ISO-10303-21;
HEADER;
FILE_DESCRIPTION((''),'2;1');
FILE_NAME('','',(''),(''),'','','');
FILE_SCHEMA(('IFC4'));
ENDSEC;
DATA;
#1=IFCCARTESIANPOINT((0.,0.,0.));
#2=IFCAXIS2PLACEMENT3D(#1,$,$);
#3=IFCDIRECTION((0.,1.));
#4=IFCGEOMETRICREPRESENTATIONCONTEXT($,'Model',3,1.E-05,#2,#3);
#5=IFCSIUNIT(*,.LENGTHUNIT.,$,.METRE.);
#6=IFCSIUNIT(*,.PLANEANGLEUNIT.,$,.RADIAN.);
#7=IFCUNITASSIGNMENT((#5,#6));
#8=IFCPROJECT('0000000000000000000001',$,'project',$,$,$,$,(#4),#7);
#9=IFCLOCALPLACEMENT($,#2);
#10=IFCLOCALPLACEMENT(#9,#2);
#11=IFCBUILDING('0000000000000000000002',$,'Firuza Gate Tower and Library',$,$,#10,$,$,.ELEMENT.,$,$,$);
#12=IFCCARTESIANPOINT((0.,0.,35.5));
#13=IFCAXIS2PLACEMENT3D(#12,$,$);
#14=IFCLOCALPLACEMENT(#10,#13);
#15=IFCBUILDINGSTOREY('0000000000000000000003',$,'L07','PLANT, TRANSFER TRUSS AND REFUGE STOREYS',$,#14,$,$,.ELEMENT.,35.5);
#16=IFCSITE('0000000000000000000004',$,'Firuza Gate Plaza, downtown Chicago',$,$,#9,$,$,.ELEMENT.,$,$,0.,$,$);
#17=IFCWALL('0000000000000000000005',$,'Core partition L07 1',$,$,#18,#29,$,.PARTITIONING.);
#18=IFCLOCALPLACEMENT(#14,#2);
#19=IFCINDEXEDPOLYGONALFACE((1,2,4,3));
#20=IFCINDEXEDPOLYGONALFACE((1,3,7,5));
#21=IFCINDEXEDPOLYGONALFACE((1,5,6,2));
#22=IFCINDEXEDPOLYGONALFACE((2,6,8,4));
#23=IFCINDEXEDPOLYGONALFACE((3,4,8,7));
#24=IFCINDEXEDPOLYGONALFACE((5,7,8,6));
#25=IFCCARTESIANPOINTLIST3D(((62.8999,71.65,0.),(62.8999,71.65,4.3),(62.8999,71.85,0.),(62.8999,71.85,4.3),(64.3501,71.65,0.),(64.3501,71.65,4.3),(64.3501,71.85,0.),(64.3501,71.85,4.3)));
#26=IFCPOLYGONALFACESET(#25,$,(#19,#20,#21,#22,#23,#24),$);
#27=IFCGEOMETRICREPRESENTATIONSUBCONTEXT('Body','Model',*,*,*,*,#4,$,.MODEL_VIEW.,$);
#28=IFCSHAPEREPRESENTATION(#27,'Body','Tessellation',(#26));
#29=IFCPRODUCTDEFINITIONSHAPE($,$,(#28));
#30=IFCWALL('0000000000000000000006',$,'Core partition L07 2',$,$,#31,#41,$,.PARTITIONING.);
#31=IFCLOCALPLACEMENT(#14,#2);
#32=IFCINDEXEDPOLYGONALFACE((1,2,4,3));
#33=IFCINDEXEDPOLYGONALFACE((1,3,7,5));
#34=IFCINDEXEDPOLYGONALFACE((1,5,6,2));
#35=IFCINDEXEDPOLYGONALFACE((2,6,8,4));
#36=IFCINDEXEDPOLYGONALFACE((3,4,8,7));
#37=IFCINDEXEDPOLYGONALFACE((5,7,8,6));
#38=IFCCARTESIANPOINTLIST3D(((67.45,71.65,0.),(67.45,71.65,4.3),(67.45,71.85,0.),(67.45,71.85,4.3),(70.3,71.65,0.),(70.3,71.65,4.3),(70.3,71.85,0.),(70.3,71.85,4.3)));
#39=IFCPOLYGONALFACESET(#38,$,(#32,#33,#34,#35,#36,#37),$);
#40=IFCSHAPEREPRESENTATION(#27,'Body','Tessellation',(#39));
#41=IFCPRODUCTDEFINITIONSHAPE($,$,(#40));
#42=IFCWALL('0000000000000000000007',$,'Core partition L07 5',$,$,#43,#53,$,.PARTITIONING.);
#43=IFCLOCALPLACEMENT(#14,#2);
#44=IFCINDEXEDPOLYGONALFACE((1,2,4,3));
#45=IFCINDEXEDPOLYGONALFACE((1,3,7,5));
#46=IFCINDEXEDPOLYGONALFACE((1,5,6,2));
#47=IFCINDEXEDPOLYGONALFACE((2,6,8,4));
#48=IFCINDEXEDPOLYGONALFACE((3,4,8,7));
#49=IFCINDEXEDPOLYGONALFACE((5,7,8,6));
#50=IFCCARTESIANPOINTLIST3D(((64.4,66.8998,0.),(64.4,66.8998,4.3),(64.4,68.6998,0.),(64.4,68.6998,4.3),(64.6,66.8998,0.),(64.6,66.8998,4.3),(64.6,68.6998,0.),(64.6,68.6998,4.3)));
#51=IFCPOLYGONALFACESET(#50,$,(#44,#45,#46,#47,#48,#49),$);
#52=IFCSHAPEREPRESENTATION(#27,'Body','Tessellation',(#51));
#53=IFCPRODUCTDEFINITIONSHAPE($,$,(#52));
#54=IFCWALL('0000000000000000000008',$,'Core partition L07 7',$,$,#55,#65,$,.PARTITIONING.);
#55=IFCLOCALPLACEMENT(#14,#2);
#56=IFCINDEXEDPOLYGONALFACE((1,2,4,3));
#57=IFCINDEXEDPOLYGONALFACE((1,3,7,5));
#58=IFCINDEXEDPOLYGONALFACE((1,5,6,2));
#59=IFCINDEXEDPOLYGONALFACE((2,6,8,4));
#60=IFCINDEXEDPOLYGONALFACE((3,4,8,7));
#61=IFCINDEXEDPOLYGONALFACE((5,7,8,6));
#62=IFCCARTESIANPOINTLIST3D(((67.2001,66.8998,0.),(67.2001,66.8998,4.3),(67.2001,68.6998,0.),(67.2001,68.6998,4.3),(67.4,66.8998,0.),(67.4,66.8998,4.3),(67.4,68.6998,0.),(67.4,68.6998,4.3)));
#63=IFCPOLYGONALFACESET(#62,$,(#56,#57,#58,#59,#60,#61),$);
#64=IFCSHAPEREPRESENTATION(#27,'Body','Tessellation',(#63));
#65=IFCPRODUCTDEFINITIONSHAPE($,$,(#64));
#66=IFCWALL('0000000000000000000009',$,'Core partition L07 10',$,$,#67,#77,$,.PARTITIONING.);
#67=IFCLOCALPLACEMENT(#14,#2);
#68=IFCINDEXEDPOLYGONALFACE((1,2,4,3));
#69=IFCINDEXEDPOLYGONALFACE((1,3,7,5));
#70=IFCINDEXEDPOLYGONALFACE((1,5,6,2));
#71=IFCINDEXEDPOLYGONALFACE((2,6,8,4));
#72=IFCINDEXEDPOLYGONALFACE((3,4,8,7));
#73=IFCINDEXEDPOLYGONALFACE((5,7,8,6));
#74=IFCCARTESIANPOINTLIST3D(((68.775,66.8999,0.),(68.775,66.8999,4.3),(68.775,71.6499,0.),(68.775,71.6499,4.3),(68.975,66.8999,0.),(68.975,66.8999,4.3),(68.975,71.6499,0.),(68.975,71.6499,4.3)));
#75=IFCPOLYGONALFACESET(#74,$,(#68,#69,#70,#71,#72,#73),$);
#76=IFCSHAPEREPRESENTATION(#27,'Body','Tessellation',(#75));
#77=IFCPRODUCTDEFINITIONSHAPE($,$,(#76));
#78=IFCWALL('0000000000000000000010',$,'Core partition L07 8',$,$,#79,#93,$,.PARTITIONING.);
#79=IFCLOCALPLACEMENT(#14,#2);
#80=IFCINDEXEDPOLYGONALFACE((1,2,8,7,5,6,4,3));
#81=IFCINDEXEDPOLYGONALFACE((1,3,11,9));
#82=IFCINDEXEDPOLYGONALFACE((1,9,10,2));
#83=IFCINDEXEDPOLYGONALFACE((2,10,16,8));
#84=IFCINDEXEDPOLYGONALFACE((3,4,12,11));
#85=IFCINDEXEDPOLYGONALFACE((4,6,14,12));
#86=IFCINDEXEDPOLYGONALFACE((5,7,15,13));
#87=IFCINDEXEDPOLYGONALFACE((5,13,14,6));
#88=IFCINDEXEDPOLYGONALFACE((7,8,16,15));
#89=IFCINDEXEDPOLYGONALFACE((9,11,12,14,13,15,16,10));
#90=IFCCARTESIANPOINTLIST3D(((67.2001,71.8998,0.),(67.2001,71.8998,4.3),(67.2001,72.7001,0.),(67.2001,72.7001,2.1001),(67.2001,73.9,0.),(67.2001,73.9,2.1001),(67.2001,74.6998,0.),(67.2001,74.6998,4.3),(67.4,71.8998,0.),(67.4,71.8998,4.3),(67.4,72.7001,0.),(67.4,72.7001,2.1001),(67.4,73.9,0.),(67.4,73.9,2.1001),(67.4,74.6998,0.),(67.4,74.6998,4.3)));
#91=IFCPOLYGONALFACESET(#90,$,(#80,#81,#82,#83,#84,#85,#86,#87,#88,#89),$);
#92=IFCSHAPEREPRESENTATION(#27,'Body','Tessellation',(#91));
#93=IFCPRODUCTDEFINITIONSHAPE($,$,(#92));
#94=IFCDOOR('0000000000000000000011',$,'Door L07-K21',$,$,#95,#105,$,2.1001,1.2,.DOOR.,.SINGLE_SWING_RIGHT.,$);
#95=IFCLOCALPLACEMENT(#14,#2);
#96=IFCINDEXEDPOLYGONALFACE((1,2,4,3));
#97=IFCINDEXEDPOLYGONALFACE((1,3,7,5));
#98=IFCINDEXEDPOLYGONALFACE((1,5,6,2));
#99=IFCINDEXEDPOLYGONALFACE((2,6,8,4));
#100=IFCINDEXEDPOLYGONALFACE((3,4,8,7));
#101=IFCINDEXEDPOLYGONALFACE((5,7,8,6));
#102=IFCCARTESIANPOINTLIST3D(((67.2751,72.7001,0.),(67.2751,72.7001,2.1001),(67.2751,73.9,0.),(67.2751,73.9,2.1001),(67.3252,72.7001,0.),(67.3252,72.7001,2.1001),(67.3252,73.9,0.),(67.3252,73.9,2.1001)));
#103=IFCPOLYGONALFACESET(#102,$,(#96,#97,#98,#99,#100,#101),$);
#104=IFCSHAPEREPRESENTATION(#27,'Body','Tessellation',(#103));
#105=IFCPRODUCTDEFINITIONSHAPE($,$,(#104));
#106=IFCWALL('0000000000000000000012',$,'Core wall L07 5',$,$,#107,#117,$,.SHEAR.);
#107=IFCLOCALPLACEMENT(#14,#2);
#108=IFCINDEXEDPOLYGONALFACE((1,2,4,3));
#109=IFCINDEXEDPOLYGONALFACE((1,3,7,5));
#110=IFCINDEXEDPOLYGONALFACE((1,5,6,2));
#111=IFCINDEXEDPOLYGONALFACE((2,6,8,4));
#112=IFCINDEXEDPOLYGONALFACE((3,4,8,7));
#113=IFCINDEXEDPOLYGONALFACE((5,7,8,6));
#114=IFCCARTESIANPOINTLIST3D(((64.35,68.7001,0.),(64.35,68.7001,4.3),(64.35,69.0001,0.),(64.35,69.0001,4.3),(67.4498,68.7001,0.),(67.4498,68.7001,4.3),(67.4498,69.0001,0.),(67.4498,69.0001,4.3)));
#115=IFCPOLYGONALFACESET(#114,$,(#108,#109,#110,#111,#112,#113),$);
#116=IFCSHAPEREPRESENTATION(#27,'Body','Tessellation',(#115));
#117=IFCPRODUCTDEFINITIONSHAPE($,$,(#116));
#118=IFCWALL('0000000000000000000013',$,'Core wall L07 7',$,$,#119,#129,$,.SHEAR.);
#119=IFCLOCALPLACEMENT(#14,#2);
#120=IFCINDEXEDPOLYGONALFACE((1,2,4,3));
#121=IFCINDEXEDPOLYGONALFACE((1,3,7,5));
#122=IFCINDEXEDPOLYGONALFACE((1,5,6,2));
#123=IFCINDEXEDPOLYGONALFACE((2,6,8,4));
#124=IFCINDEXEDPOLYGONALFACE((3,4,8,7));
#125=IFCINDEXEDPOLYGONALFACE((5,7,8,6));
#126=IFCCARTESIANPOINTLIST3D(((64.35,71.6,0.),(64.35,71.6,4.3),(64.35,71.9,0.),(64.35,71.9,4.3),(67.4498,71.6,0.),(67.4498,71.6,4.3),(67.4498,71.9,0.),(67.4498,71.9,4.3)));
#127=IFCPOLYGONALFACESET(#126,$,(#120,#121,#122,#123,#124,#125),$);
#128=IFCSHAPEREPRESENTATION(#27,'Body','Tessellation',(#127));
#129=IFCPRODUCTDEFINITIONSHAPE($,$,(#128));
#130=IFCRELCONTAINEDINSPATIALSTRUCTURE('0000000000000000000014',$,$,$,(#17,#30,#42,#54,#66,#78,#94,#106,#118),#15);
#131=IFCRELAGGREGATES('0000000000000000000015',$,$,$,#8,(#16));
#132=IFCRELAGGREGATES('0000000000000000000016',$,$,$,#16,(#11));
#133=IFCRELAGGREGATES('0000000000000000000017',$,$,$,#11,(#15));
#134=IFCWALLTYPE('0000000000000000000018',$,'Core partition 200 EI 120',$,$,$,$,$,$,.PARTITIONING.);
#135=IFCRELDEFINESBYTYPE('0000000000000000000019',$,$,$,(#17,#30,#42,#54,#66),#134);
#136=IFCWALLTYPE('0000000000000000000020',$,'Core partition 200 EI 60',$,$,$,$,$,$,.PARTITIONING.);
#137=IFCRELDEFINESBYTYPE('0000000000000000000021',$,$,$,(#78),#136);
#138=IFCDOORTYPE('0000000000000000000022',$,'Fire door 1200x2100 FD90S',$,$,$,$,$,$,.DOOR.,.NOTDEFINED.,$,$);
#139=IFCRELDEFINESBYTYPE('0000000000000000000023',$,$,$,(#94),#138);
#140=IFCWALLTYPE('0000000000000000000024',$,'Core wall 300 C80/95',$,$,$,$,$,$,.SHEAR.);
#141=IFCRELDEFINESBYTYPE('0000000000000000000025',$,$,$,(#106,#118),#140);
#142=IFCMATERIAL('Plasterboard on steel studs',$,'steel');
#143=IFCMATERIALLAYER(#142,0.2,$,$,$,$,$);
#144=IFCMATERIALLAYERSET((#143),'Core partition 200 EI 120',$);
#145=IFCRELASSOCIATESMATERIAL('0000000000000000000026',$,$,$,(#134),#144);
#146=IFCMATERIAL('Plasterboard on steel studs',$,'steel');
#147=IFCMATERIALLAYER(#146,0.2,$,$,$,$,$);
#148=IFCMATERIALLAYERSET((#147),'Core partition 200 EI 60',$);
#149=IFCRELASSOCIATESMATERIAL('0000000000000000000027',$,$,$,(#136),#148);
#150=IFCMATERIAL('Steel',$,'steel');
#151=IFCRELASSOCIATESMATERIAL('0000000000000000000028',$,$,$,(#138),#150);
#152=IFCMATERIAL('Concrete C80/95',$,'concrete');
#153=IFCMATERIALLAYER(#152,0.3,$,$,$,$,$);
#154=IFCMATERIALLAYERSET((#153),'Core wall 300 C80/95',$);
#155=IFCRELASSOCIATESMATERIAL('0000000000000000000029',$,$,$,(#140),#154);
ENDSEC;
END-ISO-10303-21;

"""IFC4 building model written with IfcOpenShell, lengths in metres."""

from ifc_helpers import new_model, si_unit, direction, frame, frame_2d, origin, place, context, subcontext, project, spatial, rectangle, extrude, material, layer, layer_set, type_object, element, fill, save


model = new_model("IFC4")

# Units and contexts
model_context = context("Model", 3, precision=1e-05, world=origin(), true_north=direction((0.0, 1.0)))
body_context = subcontext(model_context, "Body", "Model", "MODEL_VIEW")
ifc_project = project(units=[si_unit("LENGTHUNIT", "METRE"), si_unit("PLANEANGLEUNIT", "RADIAN")], contexts=[model_context])

# Site, building, storey
site_placement = place(None, origin())
site = spatial("IfcSite", under=ifc_project, at=site_placement, Name="Firuza Gate Plaza, downtown Chicago", CompositionType="ELEMENT", RefElevation=0.0)
building_placement = place(site_placement, origin())
building = spatial("IfcBuilding", under=site, at=building_placement, Name="Firuza Gate Tower and Library", CompositionType="ELEMENT")
storey_placement = place(building_placement, frame((0.0, 0.0, 35.5)))
storey = spatial("IfcBuildingStorey", under=building, at=storey_placement, Name="L07", Description="PLANT, TRANSFER TRUSS AND REFUGE STOREYS", CompositionType="ELEMENT", Elevation=35.5)

# Walls
ifc_material_1 = material(Name="Plasterboard on steel studs", Category="steel")
ifc_layer_1 = layer(ifc_material_1, 0.2)
ifc_layer_set_1 = layer_set([ifc_layer_1], Name="Core partition 200 EI 120")
wall_type_1 = type_object("IfcWallType", Name="Core partition 200 EI 120", PredefinedType="PARTITIONING", material=ifc_layer_set_1)
wall_1_placement = place(storey_placement, frame((62.8999, 71.75, 0.0), z_axis=(0.0, 0.0, 1.0), x_axis=(1.0, 0.0, 0.0)))
element("IfcWall", 1, at=wall_1_placement, inside=storey, type_object=wall_type_1, Name="Core partition L07 1", PredefinedType="PARTITIONING", context=body_context, shape_type="SweptSolid", body=[
    extrude(rectangle(XDim=1.4502, YDim=0.2, at=frame_2d((0.7251, 0.0))), origin(), (0.0, 0.0, 1.0), 4.3),
])
wall_2_placement = place(storey_placement, frame((67.45, 71.75, 0.0), z_axis=(0.0, 0.0, 1.0), x_axis=(1.0, 0.0, 0.0)))
element("IfcWall", 2, at=wall_2_placement, inside=storey, type_object=wall_type_1, Name="Core partition L07 2", PredefinedType="PARTITIONING", context=body_context, shape_type="SweptSolid", body=[
    extrude(rectangle(XDim=2.8501, YDim=0.2, at=frame_2d((1.425, 0.0))), origin(), (0.0, 0.0, 1.0), 4.3),
])
for number, where, z_axis, x_axis, name in (
    (3, (64.5, 66.8999, 0.0), (0.0, 0.0, 1.0), (0.0, 1.0, 0.0), "Core partition L07 5"),
    (4, (67.3, 66.8999, 0.0), (0.0, 0.0, 1.0), (0.0, 1.0, 0.0), "Core partition L07 7"),
):
    element("IfcWall", number, at=place(storey_placement, frame(where, z_axis=z_axis, x_axis=x_axis)), inside=storey, type_object=wall_type_1, Name=name, PredefinedType="PARTITIONING", context=body_context, shape_type="SweptSolid", body=[
        extrude(rectangle(XDim=1.8, YDim=0.2, at=frame_2d((0.8999, 0.0))), origin(), (0.0, 0.0, 1.0), 4.3),
    ])
wall_3_placement = place(storey_placement, frame((68.875, 66.8999, 0.0), z_axis=(0.0, 0.0, 1.0), x_axis=(0.0, 1.0, 0.0)))
element("IfcWall", 5, at=wall_3_placement, inside=storey, type_object=wall_type_1, Name="Core partition L07 10", PredefinedType="PARTITIONING", context=body_context, shape_type="SweptSolid", body=[
    extrude(rectangle(XDim=4.75, YDim=0.2, at=frame_2d((2.375, 0.0))), origin(), (0.0, 0.0, 1.0), 4.3),
])

# Wall, opening, door
ifc_material_2 = material(Name="Plasterboard on steel studs", Category="steel")
ifc_layer_2 = layer(ifc_material_2, 0.2)
ifc_layer_set_2 = layer_set([ifc_layer_2], Name="Core partition 200 EI 60")
wall_type_2 = type_object("IfcWallType", Name="Core partition 200 EI 60", PredefinedType="PARTITIONING", material=ifc_layer_set_2)
wall_4_placement = place(storey_placement, frame((67.3, 71.8999, 0.0), z_axis=(0.0, 0.0, 1.0), x_axis=(0.0, 1.0, 0.0)))
wall_4 = element("IfcWall", 6, at=wall_4_placement, inside=storey, type_object=wall_type_2, Name="Core partition L07 8", PredefinedType="PARTITIONING", context=body_context, shape_type="SweptSolid", body=[
    extrude(rectangle(XDim=2.8, YDim=0.2, at=frame_2d((1.3999, 0.0))), origin(), (0.0, 0.0, 1.0), 4.3),
])
opening_1_placement = place(wall_4_placement, frame((0.8, 0.0, 0.0)))
opening_1 = element("IfcOpeningElement", 7, at=opening_1_placement, cuts=wall_4, PredefinedType="OPENING", context=body_context, shape_type="SweptSolid", body=[
    extrude(rectangle(XDim=1.2, YDim=2.1001, at=frame_2d((0.6001, 1.05))), frame((0.0, 0.1099, 0.0), z_axis=(0.0, -1.0, 0.0), x_axis=(1.0, 0.0, 0.0)), (0.0, 0.0, 1.0), 0.22),
])
ifc_material_3 = material(Name="Steel", Category="steel")
door_type_1 = type_object("IfcDoorType", Name="Fire door 1200x2100 FD90S", OperationType="NOTDEFINED", PredefinedType="DOOR", material=ifc_material_3)
door_1_placement = place(opening_1_placement, origin())
door_1 = element("IfcDoor", 8, at=door_1_placement, inside=storey, type_object=door_type_1, Name="Door L07-K21", OperationType="SINGLE_SWING_RIGHT", OverallHeight=2.1001, OverallWidth=1.2, PredefinedType="DOOR", context=body_context, shape_type="SweptSolid", body=[
    extrude(rectangle(XDim=1.2, YDim=2.1001, at=frame_2d((0.6001, 1.05))), frame((0.0, 0.0249, 0.0), z_axis=(0.0, -1.0, 0.0), x_axis=(1.0, 0.0, 0.0)), (0.0, 0.0, 1.0), 0.05),
])
fill(opening_1, door_1)

# Walls
ifc_material_4 = material(Name="Concrete C80/95", Category="concrete")
ifc_layer_3 = layer(ifc_material_4, 0.3)
ifc_layer_set_3 = layer_set([ifc_layer_3], Name="Core wall 300 C80/95")
wall_type_3 = type_object("IfcWallType", Name="Core wall 300 C80/95", PredefinedType="SHEAR", material=ifc_layer_set_3)
for number, where, z_axis, x_axis, name in (
    (9, (64.3501, 68.8501, 0.0), (0.0, 0.0, 1.0), (1.0, 0.0, 0.0), "Core wall L07 5"),
    (10, (64.3501, 71.75, 0.0), (0.0, 0.0, 1.0), (1.0, 0.0, 0.0), "Core wall L07 7"),
):
    element("IfcWall", number, at=place(storey_placement, frame(where, z_axis=z_axis, x_axis=x_axis)), inside=storey, type_object=wall_type_3, Name=name, PredefinedType="SHEAR", context=body_context, shape_type="SweptSolid", body=[
        extrude(rectangle(XDim=3.0999, YDim=0.3, at=frame_2d((1.5498, 0.0))), origin(), (0.0, 0.0, 1.0), 4.3),
    ])

save(model, "model.ifc")
